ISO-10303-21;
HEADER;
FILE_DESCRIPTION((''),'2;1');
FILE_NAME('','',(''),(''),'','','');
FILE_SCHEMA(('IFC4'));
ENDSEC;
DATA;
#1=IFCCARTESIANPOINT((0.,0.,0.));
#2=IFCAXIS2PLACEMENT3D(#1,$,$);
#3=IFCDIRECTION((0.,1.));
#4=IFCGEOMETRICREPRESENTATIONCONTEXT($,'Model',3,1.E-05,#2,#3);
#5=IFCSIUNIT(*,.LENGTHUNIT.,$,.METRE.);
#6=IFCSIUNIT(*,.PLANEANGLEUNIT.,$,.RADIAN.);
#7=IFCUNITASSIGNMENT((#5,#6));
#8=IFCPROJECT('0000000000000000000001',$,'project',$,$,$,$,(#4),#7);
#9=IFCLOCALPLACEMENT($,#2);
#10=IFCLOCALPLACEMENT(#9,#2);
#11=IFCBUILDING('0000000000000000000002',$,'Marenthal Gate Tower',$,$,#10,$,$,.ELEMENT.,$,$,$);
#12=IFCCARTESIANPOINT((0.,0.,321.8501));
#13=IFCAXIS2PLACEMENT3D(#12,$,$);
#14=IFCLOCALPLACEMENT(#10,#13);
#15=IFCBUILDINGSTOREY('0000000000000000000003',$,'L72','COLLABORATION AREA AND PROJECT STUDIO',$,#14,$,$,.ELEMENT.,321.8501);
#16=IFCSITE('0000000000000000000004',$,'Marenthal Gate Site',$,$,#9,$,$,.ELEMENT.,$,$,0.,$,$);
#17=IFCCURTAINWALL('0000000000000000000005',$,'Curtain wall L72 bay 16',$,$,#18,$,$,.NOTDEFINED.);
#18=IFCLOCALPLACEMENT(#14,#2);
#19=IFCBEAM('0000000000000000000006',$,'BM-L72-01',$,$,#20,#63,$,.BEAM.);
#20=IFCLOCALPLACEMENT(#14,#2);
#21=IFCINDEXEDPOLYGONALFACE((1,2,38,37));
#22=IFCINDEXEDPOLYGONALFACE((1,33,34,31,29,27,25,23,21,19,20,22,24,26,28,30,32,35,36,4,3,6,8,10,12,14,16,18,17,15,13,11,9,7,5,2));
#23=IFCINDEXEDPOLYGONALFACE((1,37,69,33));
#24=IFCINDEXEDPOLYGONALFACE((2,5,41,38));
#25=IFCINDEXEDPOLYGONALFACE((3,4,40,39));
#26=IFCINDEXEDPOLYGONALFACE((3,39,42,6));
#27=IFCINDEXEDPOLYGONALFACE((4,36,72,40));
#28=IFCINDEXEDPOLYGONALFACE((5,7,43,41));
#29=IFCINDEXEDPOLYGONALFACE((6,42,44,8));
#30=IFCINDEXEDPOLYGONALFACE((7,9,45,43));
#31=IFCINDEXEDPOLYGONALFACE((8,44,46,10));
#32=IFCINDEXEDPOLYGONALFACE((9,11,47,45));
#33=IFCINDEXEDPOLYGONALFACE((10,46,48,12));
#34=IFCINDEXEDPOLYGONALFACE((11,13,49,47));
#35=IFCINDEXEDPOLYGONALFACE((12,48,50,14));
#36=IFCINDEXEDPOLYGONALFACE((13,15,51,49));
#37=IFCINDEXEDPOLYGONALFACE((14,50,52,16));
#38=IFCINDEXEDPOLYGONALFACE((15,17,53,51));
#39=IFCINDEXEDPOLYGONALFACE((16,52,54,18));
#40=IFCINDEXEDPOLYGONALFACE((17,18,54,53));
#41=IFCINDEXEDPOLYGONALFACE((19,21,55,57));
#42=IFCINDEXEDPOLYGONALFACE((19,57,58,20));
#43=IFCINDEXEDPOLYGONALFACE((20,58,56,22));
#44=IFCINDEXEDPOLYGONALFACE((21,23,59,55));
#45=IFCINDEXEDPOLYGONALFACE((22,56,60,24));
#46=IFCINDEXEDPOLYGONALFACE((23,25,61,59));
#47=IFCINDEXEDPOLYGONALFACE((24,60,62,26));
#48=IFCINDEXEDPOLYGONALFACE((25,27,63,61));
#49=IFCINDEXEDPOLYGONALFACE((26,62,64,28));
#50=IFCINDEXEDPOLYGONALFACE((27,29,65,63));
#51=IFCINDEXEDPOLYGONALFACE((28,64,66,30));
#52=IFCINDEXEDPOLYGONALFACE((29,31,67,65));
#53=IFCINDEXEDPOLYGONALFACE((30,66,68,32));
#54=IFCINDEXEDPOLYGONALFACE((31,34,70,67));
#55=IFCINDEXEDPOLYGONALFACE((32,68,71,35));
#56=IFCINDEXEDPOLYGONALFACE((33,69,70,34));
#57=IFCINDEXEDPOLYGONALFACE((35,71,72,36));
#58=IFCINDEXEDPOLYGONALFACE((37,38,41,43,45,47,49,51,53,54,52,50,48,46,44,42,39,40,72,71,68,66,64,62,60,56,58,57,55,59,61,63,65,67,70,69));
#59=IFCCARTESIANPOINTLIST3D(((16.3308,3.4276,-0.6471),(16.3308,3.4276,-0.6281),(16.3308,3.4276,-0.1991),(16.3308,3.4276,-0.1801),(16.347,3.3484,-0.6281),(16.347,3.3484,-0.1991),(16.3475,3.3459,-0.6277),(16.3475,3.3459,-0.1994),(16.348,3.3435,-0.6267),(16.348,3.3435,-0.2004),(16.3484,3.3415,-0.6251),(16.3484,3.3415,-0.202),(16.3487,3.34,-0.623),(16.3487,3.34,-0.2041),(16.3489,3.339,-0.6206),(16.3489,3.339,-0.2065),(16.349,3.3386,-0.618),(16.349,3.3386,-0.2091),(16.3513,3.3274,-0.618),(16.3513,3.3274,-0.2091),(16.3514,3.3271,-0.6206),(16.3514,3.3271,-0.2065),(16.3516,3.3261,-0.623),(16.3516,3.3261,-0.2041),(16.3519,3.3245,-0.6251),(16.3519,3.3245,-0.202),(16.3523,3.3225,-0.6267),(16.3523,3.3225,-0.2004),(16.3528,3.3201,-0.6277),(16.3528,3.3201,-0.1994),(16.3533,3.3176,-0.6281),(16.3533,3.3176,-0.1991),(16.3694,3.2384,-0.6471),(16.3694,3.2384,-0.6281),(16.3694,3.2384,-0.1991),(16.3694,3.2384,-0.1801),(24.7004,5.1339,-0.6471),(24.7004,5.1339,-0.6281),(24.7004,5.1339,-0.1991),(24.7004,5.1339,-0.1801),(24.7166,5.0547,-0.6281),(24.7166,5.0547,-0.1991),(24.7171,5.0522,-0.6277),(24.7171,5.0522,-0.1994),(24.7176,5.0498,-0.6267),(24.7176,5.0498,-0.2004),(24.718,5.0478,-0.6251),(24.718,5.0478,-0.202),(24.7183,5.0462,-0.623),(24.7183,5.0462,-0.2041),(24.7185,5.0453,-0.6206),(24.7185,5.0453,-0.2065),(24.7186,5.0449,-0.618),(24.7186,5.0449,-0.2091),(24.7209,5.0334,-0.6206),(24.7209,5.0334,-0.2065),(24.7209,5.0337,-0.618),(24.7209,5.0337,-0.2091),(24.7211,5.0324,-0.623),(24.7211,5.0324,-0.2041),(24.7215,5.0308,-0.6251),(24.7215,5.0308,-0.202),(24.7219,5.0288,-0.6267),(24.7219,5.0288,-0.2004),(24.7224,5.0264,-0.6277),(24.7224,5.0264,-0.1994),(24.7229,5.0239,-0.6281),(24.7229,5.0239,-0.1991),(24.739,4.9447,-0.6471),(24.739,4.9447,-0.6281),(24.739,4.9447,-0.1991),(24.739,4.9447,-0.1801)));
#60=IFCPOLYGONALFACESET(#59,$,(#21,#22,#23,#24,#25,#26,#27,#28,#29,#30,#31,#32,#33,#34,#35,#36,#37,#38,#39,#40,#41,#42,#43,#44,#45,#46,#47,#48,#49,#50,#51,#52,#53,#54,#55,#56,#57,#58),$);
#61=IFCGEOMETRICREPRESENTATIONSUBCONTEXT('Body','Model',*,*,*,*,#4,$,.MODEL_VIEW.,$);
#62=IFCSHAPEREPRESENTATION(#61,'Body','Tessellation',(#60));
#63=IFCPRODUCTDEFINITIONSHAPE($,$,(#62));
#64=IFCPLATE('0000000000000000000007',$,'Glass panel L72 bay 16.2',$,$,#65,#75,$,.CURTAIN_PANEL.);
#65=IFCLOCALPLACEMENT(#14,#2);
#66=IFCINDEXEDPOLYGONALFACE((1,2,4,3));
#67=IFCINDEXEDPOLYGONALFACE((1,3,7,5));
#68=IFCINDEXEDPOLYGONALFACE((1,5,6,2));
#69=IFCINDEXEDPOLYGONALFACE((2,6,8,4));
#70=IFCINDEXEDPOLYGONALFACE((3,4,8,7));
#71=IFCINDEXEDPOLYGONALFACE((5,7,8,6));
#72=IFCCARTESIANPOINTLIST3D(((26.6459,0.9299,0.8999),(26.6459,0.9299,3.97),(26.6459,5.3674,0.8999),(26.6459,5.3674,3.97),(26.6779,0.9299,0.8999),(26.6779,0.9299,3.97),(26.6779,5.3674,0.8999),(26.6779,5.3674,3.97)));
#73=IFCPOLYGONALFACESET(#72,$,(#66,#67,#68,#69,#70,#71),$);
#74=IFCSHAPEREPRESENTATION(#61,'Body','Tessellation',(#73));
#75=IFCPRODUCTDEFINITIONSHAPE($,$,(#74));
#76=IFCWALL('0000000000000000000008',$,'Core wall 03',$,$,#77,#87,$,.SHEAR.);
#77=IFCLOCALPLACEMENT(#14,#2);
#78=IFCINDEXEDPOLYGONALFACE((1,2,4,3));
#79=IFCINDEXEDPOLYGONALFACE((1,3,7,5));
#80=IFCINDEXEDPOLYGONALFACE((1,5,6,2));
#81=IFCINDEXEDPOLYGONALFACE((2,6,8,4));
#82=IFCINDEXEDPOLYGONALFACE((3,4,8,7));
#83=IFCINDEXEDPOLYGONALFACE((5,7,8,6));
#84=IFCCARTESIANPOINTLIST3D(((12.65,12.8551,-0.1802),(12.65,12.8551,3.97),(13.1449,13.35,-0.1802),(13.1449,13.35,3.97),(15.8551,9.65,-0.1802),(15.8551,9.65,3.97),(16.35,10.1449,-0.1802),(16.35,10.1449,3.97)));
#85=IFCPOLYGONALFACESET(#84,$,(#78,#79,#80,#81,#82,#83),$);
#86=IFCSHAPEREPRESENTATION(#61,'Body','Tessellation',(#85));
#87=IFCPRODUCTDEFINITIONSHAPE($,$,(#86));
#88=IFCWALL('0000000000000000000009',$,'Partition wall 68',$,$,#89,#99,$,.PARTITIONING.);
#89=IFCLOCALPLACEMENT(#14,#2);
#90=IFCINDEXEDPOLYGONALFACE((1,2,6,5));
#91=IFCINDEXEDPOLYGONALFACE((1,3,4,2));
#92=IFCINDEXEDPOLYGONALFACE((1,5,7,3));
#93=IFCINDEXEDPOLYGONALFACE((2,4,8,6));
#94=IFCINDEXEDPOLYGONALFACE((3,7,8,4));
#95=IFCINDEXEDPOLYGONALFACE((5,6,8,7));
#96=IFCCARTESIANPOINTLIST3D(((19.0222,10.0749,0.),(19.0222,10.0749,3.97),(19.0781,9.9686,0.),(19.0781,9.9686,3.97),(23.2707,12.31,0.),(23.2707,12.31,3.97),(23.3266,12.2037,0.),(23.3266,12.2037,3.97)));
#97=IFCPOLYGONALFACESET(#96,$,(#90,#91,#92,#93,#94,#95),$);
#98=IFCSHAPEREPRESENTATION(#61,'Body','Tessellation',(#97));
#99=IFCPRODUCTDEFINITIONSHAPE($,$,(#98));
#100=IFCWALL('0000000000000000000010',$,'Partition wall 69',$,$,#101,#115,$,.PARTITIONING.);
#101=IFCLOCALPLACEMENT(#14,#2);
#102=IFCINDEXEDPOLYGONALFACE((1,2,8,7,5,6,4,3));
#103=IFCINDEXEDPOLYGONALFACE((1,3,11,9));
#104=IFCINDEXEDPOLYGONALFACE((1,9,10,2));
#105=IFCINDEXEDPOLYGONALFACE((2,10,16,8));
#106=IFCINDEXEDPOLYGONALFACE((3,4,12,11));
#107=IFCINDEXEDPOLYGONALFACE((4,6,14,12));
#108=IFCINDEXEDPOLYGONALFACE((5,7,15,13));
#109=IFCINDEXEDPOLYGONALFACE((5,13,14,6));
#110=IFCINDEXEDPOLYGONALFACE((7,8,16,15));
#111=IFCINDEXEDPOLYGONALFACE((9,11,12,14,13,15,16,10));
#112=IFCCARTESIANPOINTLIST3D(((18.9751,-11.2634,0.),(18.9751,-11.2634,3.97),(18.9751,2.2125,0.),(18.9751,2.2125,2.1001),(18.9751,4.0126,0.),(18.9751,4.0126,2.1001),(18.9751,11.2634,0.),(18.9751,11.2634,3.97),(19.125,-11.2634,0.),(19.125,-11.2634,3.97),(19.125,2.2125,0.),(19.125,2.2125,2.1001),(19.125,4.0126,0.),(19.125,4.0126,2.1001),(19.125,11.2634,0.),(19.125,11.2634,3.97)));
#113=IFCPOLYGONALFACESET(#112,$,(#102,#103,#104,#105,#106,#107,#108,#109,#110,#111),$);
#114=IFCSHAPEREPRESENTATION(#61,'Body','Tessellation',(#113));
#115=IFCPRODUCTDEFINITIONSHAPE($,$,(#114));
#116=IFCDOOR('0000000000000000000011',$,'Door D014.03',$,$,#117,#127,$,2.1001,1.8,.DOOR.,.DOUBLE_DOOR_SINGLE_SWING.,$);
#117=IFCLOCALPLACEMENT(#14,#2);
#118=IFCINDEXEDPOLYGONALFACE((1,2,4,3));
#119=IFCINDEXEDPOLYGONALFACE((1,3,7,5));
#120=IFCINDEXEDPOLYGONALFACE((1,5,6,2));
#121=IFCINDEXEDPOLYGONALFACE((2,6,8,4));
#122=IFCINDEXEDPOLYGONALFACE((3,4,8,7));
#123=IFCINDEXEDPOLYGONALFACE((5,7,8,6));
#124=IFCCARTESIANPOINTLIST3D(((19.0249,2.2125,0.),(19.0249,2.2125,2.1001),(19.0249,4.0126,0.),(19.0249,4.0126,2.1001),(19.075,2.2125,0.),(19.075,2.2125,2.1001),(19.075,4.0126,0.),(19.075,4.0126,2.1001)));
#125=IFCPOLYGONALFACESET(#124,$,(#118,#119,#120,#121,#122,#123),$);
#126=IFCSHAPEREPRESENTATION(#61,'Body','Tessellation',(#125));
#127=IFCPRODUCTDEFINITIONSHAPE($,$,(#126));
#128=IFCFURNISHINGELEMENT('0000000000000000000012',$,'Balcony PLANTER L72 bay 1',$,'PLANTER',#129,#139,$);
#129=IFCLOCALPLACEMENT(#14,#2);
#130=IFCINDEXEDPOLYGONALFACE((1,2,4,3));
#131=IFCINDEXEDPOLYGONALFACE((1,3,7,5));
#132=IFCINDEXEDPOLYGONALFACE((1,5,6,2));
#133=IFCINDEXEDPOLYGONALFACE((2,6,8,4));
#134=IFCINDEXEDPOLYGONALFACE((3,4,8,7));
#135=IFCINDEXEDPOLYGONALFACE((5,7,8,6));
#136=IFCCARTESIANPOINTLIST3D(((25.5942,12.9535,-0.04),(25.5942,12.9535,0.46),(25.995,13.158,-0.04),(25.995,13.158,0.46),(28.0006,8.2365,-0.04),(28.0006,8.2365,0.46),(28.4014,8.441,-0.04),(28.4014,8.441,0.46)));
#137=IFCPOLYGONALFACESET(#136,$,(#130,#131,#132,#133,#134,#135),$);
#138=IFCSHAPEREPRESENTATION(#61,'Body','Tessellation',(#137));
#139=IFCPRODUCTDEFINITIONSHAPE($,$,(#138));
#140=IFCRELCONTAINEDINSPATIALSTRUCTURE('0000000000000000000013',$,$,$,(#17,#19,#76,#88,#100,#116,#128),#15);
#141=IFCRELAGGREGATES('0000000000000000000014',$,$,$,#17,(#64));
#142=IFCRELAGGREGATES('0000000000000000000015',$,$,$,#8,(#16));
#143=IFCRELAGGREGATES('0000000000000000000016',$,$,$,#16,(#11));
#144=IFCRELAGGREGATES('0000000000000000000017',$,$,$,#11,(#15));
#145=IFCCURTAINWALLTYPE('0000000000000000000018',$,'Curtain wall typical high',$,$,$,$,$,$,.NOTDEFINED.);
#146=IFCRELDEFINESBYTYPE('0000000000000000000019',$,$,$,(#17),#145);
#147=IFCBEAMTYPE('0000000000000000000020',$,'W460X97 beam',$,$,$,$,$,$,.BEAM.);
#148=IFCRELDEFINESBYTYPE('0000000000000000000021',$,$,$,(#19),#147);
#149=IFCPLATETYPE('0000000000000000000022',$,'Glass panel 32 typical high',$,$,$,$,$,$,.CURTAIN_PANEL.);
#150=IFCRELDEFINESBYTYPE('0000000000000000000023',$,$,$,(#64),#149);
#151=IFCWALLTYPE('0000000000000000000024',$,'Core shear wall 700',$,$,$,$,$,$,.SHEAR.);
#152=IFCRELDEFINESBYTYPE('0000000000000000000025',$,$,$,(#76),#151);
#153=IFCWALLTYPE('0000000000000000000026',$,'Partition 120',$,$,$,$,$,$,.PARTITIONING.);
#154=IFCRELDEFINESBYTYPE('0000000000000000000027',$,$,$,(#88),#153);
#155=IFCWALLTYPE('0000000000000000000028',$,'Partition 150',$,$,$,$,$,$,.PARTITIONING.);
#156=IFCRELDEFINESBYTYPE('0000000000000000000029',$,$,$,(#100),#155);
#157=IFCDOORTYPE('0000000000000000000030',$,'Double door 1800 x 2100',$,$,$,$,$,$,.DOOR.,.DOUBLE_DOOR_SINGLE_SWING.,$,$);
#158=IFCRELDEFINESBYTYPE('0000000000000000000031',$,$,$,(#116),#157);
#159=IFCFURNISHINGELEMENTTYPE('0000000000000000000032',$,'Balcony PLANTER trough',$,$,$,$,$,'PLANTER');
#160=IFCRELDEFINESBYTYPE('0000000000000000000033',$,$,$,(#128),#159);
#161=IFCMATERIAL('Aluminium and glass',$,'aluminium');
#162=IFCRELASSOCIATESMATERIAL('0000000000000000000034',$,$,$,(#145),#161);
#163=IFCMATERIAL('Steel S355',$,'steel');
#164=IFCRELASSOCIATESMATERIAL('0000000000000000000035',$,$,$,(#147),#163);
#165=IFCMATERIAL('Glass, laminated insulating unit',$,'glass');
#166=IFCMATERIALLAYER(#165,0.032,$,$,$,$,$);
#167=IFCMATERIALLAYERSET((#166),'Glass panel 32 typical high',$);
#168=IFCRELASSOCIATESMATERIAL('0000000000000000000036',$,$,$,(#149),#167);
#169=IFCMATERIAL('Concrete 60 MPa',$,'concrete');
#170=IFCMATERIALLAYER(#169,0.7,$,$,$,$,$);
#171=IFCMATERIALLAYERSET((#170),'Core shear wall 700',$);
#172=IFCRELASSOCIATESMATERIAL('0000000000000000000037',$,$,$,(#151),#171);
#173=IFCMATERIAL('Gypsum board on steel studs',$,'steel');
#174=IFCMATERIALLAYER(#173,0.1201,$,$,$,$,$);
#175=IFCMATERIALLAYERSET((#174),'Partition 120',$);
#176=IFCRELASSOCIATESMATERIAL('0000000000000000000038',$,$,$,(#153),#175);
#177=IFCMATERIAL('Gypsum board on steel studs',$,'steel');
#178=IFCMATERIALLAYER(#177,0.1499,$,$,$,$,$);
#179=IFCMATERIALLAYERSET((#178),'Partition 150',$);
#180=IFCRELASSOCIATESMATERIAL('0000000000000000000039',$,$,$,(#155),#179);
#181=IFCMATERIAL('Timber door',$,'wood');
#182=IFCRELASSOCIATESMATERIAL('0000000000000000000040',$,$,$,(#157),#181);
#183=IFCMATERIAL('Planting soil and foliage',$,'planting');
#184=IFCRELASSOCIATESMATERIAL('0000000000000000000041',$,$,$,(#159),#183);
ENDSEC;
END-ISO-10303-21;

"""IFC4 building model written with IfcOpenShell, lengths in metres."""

from ifc_helpers import new_model, si_unit, direction, frame, frame_2d, origin, origin_2d, place, context, subcontext, project, spatial, rectangle, i_section, extrude, material, layer, layer_set, material_profile, profile_set, type_object, element, fill, aggregate, save


model = new_model("IFC4")

# Units and contexts
model_context = context("Model", 3, precision=1e-05, world=origin(), true_north=direction((0.0, 1.0)))
body_context = subcontext(model_context, "Body", "Model", "MODEL_VIEW")
ifc_project = project(units=[si_unit("LENGTHUNIT", "METRE"), si_unit("PLANEANGLEUNIT", "RADIAN")], contexts=[model_context])

# Site, building, storey
site_placement = place(None, origin())
site = spatial("IfcSite", under=ifc_project, at=site_placement, Name="Marenthal Gate Site", CompositionType="ELEMENT", RefElevation=0.0)
building_placement = place(site_placement, origin())
building = spatial("IfcBuilding", under=site, at=building_placement, Name="Marenthal Gate Tower", CompositionType="ELEMENT")
storey_placement = place(building_placement, frame((0.0, 0.0, 321.8501)))
storey = spatial("IfcBuildingStorey", under=building, at=storey_placement, Name="L72", Description="COLLABORATION AREA AND PROJECT STUDIO", CompositionType="ELEMENT", Elevation=321.8501)

# Curtain wall
ifc_material_1 = material(Name="Aluminium and glass", Category="aluminium")
curtain_wall_type = type_object("IfcCurtainWallType", Name="Curtain wall typical high", PredefinedType="NOTDEFINED", material=ifc_material_1)
curtain_wall_placement = place(storey_placement, origin())
curtain_wall = element("IfcCurtainWall", 1, at=curtain_wall_placement, inside=storey, type_object=curtain_wall_type, Name="Curtain wall L72 bay 16", PredefinedType="NOTDEFINED")

# Beam
ifc_material_2 = material(Name="Steel S355", Category="steel")
ifc_material_profile_1 = material_profile(ifc_material_2, i_section(OverallWidth=0.1931, OverallDepth=0.467, WebThickness=0.0115, FlangeThickness=0.019, FilletRadius=0.01, at=origin_2d()), Name="W460X97")
ifc_profile_set_1 = profile_set([ifc_material_profile_1], Name="Steel S355")
beam_type_1 = type_object("IfcBeamType", Name="W460X97 beam", PredefinedType="BEAM", material=ifc_profile_set_1)
beam_1_placement = place(storey_placement, frame((24.7197, 5.0393, -0.4136), z_axis=(-0.979845, -0.199759, 0.0), x_axis=(0.199759, -0.979845, 0.0)))
element("IfcBeam", 2, at=beam_1_placement, inside=storey, type_object=beam_type_1, Name="BM-L72-01", PredefinedType="BEAM", context=body_context, shape_type="SweptSolid", body=[
    extrude(i_section(OverallWidth=0.1931, OverallDepth=0.467, WebThickness=0.0115, FlangeThickness=0.019, FilletRadius=0.01, at=origin_2d()), origin(), (0.0, 0.0, 1.0), 8.5417),
])

# Plate
ifc_material_3 = material(Name="Glass, laminated insulating unit", Category="glass")
ifc_layer_1 = layer(ifc_material_3, 0.032)
ifc_layer_set_1 = layer_set([ifc_layer_1], Name="Glass panel 32 typical high")
plate_type = type_object("IfcPlateType", Name="Glass panel 32 typical high", PredefinedType="CURTAIN_PANEL", material=ifc_layer_set_1)
plate_placement = place(storey_placement, frame((26.6619, 3.1487, 0.8999), z_axis=(0.0, 0.0, 1.0), x_axis=(0.0, 1.0, 0.0)))
plate = element("IfcPlate", 3, at=plate_placement, type_object=plate_type, Name="Glass panel L72 bay 16.2", PredefinedType="CURTAIN_PANEL", context=body_context, shape_type="SweptSolid", body=[
    extrude(rectangle(XDim=4.4375, YDim=0.032, at=origin_2d()), origin(), (0.0, 0.0, 1.0), 3.0701),
])
aggregate(curtain_wall, [plate])

# Walls
ifc_material_4 = material(Name="Concrete 60 MPa", Category="concrete")
ifc_layer_2 = layer(ifc_material_4, 0.7)
ifc_layer_set_2 = layer_set([ifc_layer_2], Name="Core shear wall 700")
wall_type_1 = type_object("IfcWallType", Name="Core shear wall 700", PredefinedType="SHEAR", material=ifc_layer_set_2)
wall_1_placement = place(storey_placement, frame((16.1025, 9.8975, -0.1802), z_axis=(0.0, 0.0, 1.0), x_axis=(-0.707107, 0.707107, 0.0)))
element("IfcWall", 4, at=wall_1_placement, inside=storey, type_object=wall_type_1, Name="Core wall 03", PredefinedType="SHEAR", context=body_context, shape_type="SweptSolid", body=[
    extrude(rectangle(XDim=4.5327, YDim=0.7, at=frame_2d((2.2664, 0.0))), origin(), (0.0, 0.0, 1.0), 4.1501),
])
ifc_material_5 = material(Name="Gypsum board on steel studs", Category="steel")
ifc_layer_3 = layer(ifc_material_5, 0.1201)
ifc_layer_set_3 = layer_set([ifc_layer_3], Name="Partition 120")
wall_type_2 = type_object("IfcWallType", Name="Partition 120", PredefinedType="PARTITIONING", material=ifc_layer_set_3)
wall_2_placement = place(storey_placement, frame((19.05, 10.0217, 0.0), z_axis=(0.0, 0.0, 1.0), x_axis=(0.885001, 0.465589, 0.0)))
element("IfcWall", 5, at=wall_2_placement, inside=storey, type_object=wall_type_2, Name="Partition wall 68", PredefinedType="PARTITIONING", context=body_context, shape_type="SweptSolid", body=[
    extrude(rectangle(XDim=4.8005, YDim=0.1201, at=frame_2d((2.4004, 0.0))), origin(), (0.0, 0.0, 1.0), 3.97),
])

# Wall, opening, door
ifc_material_6 = material(Name="Gypsum board on steel studs", Category="steel")
ifc_layer_4 = layer(ifc_material_6, 0.1499)
ifc_layer_set_4 = layer_set([ifc_layer_4], Name="Partition 150")
wall_type_3 = type_object("IfcWallType", Name="Partition 150", PredefinedType="PARTITIONING", material=ifc_layer_set_4)
wall_3_placement = place(storey_placement, frame((19.05, 11.2634, 0.0), z_axis=(0.0, 0.0, 1.0), x_axis=(0.0, -1.0, 0.0)))
wall_3 = element("IfcWall", 6, at=wall_3_placement, inside=storey, type_object=wall_type_3, Name="Partition wall 69", PredefinedType="PARTITIONING", context=body_context, shape_type="SweptSolid", body=[
    extrude(rectangle(XDim=22.5269, YDim=0.1499, at=frame_2d((11.2634, 0.0))), origin(), (0.0, 0.0, 1.0), 3.97),
])
opening_1_placement = place(wall_3_placement, frame((7.251, 0.0, 0.0)))
opening_1 = element("IfcOpeningElement", 7, at=opening_1_placement, cuts=wall_3, PredefinedType="OPENING", context=body_context, shape_type="SweptSolid", body=[
    extrude(rectangle(XDim=1.8, YDim=2.1001, at=frame_2d((0.8999, 1.05))), frame((0.0, 0.085, 0.0), z_axis=(0.0, -1.0, 0.0), x_axis=(1.0, 0.0, 0.0)), (0.0, 0.0, 1.0), 0.1699),
])
ifc_material_7 = material(Name="Timber door", Category="wood")
door_type_1 = type_object("IfcDoorType", Name="Double door 1800 x 2100", OperationType="DOUBLE_DOOR_SINGLE_SWING", PredefinedType="DOOR", material=ifc_material_7)
door_1_placement = place(opening_1_placement, origin())
door_1 = element("IfcDoor", 8, at=door_1_placement, inside=storey, type_object=door_type_1, Name="Door D014.03", OperationType="DOUBLE_DOOR_SINGLE_SWING", OverallHeight=2.1001, OverallWidth=1.8, PredefinedType="DOOR", context=body_context, shape_type="SweptSolid", body=[
    extrude(rectangle(XDim=1.8, YDim=2.1001, at=frame_2d((0.8999, 1.05))), frame((0.0, 0.0249, 0.0), z_axis=(0.0, -1.0, 0.0), x_axis=(1.0, 0.0, 0.0)), (0.0, 0.0, 1.0), 0.05),
])
fill(opening_1, door_1)

# Furnishing element
ifc_material_8 = material(Name="Planting soil and foliage", Category="planting")
furnishing_element_type = type_object("IfcFurnishingElementType", Name="Balcony PLANTER trough", ElementType="PLANTER", material=ifc_material_8)
furnishing_placement = place(storey_placement, frame((26.9978, 10.6973, -0.04), z_axis=(0.0, 0.0, 1.0), x_axis=(-0.454443, 0.890776, 0.0)))
element("IfcFurnishingElement", 9, at=furnishing_placement, inside=storey, type_object=furnishing_element_type, Name="Balcony PLANTER L72 bay 1", ObjectType="PLANTER", context=body_context, shape_type="SweptSolid", body=[
    extrude(rectangle(XDim=5.2954, YDim=0.45, at=origin_2d()), origin(), (0.0, 0.0, 1.0), 0.5),
])

save(model, "model.ifc")
